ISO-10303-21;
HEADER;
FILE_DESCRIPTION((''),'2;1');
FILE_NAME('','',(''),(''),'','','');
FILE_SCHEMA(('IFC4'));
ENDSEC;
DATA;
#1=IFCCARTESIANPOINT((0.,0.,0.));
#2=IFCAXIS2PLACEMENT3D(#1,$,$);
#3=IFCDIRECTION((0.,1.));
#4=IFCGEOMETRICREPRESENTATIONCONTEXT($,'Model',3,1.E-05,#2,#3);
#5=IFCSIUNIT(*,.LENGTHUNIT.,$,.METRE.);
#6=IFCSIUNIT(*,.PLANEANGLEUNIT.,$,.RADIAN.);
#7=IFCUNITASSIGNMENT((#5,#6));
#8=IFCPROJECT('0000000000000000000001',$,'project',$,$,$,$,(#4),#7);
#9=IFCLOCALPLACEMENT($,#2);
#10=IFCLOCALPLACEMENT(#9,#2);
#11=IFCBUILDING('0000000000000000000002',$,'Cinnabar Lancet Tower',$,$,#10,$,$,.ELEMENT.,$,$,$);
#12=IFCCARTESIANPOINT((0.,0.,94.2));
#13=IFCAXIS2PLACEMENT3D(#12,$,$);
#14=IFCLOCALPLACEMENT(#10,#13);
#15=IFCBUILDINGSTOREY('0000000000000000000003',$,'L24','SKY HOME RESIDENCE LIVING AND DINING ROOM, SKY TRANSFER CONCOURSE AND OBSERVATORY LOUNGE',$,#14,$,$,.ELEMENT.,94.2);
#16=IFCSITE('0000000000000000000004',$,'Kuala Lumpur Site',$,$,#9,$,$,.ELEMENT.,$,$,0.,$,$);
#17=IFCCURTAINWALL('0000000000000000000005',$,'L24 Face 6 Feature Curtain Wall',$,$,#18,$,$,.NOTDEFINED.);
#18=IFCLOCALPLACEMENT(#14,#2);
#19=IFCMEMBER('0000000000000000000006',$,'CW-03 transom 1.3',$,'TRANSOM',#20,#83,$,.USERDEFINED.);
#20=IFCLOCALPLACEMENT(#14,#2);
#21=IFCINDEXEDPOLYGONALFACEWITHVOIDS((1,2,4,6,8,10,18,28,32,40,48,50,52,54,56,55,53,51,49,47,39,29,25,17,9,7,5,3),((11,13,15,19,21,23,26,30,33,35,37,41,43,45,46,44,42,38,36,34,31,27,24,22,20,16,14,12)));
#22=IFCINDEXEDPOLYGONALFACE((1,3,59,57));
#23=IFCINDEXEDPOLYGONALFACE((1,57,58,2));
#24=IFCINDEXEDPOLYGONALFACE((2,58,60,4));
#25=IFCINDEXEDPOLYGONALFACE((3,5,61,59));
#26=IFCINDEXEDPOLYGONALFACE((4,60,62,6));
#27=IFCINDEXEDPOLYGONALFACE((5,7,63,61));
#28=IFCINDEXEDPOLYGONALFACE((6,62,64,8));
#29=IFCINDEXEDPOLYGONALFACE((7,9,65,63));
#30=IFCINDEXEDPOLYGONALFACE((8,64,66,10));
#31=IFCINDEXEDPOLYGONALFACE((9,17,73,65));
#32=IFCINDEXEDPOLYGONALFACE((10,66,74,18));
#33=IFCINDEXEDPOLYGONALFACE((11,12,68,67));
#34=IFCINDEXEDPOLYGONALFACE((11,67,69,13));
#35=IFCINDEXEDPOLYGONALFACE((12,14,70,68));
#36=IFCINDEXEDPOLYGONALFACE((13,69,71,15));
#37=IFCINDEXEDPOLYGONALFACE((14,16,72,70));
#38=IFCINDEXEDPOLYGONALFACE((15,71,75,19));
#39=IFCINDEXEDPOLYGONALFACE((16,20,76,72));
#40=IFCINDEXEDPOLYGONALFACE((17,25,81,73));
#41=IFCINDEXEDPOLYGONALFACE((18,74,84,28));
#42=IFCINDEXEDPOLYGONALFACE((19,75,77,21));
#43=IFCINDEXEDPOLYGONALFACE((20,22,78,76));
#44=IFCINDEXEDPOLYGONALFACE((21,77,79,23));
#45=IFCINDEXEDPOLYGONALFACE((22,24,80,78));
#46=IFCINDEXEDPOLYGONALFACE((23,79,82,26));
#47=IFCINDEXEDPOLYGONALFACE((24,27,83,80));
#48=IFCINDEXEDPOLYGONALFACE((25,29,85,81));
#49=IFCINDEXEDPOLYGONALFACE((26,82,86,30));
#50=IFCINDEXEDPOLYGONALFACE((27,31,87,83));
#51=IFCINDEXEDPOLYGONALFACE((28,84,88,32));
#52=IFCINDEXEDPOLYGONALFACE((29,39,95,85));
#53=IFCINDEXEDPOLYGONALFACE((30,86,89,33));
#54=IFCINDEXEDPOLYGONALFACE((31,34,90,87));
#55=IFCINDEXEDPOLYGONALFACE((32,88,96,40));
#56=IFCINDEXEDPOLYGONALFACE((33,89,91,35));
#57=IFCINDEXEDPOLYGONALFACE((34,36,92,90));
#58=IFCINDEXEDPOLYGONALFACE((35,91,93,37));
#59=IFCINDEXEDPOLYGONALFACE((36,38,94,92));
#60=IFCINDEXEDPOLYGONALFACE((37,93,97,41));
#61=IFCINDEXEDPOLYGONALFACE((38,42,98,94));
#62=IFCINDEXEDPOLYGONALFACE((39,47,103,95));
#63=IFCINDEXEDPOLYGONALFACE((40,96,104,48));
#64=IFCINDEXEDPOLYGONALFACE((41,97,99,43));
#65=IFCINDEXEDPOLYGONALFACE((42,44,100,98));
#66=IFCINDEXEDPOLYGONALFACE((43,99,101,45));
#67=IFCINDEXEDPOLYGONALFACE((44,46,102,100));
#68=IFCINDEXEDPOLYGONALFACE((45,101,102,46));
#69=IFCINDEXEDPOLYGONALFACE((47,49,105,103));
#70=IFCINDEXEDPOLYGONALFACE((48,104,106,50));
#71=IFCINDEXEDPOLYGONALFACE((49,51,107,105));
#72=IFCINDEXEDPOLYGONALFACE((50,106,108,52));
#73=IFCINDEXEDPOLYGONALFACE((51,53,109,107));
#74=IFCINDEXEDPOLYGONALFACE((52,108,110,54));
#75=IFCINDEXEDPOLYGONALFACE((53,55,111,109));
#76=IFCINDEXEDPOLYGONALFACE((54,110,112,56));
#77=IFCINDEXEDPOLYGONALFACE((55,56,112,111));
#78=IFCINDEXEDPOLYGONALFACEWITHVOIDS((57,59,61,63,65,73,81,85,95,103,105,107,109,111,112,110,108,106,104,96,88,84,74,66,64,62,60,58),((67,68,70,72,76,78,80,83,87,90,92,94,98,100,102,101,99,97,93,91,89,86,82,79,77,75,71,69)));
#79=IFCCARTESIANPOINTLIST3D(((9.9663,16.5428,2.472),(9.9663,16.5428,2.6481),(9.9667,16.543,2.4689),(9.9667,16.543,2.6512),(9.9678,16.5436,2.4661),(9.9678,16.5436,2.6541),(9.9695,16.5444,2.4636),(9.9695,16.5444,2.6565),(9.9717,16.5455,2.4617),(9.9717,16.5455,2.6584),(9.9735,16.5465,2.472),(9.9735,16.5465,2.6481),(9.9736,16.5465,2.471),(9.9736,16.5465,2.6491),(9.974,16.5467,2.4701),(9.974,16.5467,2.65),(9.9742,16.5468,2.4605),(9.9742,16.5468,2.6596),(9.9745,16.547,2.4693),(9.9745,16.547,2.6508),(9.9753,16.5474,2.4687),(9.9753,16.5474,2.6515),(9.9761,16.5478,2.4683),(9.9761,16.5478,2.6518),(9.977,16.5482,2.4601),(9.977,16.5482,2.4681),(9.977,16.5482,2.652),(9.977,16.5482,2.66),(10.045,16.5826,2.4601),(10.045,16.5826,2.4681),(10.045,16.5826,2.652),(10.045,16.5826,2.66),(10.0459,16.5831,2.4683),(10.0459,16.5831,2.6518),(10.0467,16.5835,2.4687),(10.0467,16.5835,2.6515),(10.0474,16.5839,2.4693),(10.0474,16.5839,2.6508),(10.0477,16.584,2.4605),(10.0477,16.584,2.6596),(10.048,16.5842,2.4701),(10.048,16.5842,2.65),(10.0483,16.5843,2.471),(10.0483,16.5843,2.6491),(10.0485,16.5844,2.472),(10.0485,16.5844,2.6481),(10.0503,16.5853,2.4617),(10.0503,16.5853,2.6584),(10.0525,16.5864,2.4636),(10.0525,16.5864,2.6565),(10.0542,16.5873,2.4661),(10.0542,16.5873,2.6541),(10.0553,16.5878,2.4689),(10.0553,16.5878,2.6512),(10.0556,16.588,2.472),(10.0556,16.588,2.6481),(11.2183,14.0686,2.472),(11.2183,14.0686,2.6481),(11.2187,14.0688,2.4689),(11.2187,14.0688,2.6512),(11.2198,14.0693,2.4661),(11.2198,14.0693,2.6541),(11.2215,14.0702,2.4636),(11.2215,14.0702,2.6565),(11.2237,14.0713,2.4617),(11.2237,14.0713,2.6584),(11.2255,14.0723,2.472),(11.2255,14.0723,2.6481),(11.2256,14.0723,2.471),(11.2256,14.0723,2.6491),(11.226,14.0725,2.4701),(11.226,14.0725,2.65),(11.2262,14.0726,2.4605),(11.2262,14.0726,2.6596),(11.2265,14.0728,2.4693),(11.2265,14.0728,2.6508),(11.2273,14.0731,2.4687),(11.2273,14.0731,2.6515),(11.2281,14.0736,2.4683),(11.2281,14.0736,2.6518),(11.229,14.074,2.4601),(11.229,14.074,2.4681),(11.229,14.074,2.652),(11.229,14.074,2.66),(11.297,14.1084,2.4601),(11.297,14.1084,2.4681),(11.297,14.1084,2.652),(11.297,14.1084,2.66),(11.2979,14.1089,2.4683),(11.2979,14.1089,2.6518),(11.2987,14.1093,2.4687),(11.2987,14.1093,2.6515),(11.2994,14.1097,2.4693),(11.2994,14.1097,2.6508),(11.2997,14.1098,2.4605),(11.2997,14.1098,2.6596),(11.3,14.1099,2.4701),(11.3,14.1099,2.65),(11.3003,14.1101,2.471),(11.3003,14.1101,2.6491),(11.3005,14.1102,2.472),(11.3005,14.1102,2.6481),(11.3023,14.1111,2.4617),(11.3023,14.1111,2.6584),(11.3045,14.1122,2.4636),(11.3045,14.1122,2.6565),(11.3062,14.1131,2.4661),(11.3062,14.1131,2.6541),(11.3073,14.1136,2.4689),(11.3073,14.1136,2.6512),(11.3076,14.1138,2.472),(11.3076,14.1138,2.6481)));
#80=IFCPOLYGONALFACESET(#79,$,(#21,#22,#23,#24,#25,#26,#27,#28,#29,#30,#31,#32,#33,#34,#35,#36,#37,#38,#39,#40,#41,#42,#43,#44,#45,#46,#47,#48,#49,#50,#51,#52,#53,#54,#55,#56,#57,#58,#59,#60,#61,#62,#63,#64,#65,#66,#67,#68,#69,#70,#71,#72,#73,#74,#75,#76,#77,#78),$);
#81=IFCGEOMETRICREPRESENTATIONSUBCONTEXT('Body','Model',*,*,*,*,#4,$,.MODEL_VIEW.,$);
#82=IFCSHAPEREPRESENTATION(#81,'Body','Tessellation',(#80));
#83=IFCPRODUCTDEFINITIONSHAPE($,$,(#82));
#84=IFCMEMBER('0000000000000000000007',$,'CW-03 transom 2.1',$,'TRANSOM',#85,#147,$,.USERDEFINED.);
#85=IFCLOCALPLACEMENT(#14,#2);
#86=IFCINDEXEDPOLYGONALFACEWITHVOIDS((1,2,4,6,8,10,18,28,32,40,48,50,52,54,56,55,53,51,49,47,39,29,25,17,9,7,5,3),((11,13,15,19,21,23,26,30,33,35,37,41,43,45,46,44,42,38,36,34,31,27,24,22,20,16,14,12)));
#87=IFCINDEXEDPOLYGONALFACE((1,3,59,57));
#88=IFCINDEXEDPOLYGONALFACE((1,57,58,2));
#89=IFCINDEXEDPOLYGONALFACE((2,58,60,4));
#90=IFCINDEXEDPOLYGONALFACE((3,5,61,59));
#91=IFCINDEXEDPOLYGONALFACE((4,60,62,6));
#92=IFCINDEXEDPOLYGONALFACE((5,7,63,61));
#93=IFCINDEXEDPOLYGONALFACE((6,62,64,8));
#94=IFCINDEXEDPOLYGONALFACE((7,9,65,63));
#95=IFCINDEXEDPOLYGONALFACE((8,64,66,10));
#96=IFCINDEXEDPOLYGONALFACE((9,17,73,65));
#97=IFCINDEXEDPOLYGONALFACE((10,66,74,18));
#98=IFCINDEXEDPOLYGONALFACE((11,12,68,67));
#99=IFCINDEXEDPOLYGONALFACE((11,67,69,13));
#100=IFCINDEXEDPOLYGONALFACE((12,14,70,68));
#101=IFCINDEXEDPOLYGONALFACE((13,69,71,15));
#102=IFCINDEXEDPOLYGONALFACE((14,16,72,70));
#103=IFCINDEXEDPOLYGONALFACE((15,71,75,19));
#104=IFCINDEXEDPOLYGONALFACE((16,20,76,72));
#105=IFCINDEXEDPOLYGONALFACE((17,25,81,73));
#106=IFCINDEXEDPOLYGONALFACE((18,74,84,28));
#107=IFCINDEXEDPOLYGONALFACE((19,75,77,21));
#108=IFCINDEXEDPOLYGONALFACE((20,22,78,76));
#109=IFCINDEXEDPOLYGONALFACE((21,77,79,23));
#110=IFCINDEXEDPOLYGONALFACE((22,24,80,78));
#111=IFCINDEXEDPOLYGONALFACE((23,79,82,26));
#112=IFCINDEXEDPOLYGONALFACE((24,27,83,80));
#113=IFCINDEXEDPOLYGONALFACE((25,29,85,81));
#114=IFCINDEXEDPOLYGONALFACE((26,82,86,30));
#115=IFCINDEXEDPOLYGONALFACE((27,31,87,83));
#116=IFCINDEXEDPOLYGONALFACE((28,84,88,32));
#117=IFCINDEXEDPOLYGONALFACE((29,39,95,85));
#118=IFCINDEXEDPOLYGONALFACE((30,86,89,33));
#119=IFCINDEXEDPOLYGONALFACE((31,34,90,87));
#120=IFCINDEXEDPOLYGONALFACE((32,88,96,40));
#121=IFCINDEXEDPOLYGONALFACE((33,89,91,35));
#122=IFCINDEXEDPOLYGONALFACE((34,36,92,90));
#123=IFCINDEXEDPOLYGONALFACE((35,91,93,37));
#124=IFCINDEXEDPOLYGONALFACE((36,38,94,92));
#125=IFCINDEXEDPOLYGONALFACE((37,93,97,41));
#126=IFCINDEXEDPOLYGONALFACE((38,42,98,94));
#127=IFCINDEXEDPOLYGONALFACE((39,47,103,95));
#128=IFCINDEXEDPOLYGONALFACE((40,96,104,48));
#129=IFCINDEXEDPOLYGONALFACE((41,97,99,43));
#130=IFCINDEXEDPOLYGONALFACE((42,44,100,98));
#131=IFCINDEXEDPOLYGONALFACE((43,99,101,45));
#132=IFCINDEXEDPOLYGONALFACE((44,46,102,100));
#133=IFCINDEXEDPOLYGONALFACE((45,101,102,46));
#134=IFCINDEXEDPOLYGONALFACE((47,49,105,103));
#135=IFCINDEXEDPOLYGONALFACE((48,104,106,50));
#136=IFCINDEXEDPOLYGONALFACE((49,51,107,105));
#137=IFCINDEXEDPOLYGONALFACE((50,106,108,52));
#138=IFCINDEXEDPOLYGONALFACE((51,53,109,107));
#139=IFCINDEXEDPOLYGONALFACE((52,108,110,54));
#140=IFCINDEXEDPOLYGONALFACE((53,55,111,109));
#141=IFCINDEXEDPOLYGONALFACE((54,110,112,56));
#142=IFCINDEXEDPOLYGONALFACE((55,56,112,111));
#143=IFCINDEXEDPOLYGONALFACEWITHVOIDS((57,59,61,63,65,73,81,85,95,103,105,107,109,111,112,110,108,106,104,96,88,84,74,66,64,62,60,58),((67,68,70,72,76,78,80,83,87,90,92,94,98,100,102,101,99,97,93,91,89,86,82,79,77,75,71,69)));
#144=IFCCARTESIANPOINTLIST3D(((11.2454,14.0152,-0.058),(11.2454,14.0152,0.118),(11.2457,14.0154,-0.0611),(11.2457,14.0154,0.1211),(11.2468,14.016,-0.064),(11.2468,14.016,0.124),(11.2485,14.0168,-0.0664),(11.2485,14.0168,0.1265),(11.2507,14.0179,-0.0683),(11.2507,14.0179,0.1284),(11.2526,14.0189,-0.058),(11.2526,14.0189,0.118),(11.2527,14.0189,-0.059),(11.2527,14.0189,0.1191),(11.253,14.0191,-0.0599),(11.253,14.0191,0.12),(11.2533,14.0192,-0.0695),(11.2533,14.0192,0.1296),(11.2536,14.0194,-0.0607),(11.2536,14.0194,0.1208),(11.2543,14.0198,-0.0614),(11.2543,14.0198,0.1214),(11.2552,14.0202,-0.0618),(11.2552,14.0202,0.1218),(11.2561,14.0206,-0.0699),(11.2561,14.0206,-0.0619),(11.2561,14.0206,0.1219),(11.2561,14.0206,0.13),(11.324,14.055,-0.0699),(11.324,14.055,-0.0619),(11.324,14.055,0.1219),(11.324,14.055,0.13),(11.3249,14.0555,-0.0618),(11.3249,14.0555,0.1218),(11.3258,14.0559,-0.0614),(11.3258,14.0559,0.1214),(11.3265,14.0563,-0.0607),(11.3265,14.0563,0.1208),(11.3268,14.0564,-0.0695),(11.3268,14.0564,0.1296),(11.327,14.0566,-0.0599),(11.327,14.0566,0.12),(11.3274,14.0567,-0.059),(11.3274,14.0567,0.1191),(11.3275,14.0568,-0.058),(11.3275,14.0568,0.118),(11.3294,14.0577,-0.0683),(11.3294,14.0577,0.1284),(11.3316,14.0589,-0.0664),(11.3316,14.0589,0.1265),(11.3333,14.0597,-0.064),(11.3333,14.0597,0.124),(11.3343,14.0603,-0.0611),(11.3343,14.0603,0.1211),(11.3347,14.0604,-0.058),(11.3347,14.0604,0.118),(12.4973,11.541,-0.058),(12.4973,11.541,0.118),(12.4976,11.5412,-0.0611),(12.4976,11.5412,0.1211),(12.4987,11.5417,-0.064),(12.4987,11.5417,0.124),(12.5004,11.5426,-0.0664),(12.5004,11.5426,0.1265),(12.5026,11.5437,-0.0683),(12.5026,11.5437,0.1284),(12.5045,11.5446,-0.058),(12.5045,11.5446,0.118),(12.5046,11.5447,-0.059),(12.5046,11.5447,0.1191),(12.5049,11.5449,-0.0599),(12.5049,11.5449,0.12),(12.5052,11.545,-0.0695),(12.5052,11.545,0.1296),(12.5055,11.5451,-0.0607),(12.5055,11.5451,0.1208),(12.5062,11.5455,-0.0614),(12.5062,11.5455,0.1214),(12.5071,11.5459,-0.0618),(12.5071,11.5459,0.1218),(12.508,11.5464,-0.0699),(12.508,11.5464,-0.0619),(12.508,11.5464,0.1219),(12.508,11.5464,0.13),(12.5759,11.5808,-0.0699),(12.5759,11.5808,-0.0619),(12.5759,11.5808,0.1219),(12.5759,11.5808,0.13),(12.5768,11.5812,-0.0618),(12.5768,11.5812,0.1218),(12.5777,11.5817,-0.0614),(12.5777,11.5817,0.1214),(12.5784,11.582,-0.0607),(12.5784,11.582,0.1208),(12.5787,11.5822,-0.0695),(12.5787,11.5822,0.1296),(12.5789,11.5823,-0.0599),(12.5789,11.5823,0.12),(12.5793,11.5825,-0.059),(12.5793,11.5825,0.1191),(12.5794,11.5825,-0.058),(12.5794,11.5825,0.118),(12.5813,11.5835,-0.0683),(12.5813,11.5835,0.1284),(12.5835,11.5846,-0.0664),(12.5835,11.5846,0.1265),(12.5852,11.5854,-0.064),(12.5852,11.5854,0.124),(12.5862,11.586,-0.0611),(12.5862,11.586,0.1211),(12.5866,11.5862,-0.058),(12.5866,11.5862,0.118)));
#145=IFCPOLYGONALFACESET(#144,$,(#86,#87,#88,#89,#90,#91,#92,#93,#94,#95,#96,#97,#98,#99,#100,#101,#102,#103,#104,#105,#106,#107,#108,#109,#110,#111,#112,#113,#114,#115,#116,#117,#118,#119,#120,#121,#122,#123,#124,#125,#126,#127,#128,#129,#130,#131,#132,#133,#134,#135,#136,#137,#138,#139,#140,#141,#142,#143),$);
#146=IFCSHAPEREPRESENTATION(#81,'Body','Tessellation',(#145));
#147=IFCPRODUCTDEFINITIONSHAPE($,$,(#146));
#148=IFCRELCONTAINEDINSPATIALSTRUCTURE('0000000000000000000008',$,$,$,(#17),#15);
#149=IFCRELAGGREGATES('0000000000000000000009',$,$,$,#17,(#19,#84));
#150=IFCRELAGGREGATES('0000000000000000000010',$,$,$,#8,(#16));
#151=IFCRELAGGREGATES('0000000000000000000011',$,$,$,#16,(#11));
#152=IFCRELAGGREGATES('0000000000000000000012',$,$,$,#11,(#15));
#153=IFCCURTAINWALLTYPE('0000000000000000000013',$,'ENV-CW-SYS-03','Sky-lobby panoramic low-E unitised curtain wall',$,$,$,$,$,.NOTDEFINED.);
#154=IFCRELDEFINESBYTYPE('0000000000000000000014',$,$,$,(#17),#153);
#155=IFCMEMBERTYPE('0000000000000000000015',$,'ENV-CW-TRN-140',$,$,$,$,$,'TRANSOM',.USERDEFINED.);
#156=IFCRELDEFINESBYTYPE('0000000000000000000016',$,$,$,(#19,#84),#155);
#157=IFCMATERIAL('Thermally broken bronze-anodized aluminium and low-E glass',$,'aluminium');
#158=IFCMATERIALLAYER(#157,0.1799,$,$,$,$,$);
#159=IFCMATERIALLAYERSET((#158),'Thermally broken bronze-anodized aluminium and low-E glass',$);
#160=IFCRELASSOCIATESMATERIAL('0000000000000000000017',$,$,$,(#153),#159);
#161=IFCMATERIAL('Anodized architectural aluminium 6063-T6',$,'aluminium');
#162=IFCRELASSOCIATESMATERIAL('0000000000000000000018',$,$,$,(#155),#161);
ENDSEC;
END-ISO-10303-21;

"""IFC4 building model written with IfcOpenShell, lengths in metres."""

from ifc_helpers import new_model, si_unit, direction, frame, origin, origin_2d, place, context, subcontext, project, spatial, hollow_rectangle, extrude, material, layer, layer_set, material_profile, profile_set, type_object, element, aggregate, save


model = new_model("IFC4")

# Units and contexts
model_context = context("Model", 3, precision=1e-05, world=origin(), true_north=direction((0.0, 1.0)))
body_context = subcontext(model_context, "Body", "Model", "MODEL_VIEW")
ifc_project = project(units=[si_unit("LENGTHUNIT", "METRE"), si_unit("PLANEANGLEUNIT", "RADIAN")], contexts=[model_context])

# Site, building, storey
site_placement = place(None, origin())
site = spatial("IfcSite", under=ifc_project, at=site_placement, Name="Kuala Lumpur Site", CompositionType="ELEMENT", RefElevation=0.0)
building_placement = place(site_placement, origin())
building = spatial("IfcBuilding", under=site, at=building_placement, Name="Cinnabar Lancet Tower", CompositionType="ELEMENT")
storey_placement = place(building_placement, frame((0.0, 0.0, 94.2)))
storey = spatial("IfcBuildingStorey", under=building, at=storey_placement, Name="L24", Description="SKY HOME RESIDENCE LIVING AND DINING ROOM, SKY TRANSFER CONCOURSE AND OBSERVATORY LOUNGE", CompositionType="ELEMENT", Elevation=94.2)

# Curtain wall, members
ifc_material_1 = material(Name="Thermally broken bronze-anodized aluminium and low-E glass", Category="aluminium")
ifc_layer_1 = layer(ifc_material_1, 0.1799)
ifc_layer_set_1 = layer_set([ifc_layer_1], Name="Thermally broken bronze-anodized aluminium and low-E glass")
curtain_wall_type = type_object("IfcCurtainWallType", Name="ENV-CW-SYS-03", Description="Sky-lobby panoramic low-E unitised curtain wall", PredefinedType="NOTDEFINED", material=ifc_layer_set_1)
curtain_wall_placement = place(storey_placement, origin())
curtain_wall = element("IfcCurtainWall", 1, at=curtain_wall_placement, inside=storey, type_object=curtain_wall_type, Name="L24 Face 6 Feature Curtain Wall", PredefinedType="NOTDEFINED")
ifc_material_2 = material(Name="Anodized architectural aluminium 6063-T6", Category="aluminium")
ifc_material_profile_1 = material_profile(ifc_material_2, hollow_rectangle(XDim=0.1001, YDim=0.2, WallThickness=0.0081, InnerFilletRadius=0.0039, OuterFilletRadius=0.012, at=origin_2d()), Name="RHS 200x100x8")
ifc_profile_set_1 = profile_set([ifc_material_profile_1], Name="Anodized architectural aluminium 6063-T6")
member_type_1 = type_object("IfcMemberType", Name="ENV-CW-TRN-140", ElementType="TRANSOM", PredefinedType="USERDEFINED", material=ifc_profile_set_1)
member_1_placement = place(storey_placement, frame((10.011, 16.5654, 2.5601), z_axis=(0.451505, -0.892269, 0.0), x_axis=(0.892269, 0.451505, 0.0)))
member_1 = element("IfcMember", 2, at=member_1_placement, type_object=member_type_1, Name="CW-03 transom 1.3", ObjectType="TRANSOM", PredefinedType="USERDEFINED", context=body_context, shape_type="SweptSolid", body=[
    extrude(hollow_rectangle(XDim=0.1001, YDim=0.2, WallThickness=0.0081, InnerFilletRadius=0.0039, OuterFilletRadius=0.012, at=origin_2d()), origin(), (0.0, 0.0, 1.0), 2.7729),
])
member_2_placement = place(storey_placement, frame((11.29, 14.0378, 0.03), z_axis=(0.45147, -0.892286, 0.0), x_axis=(0.892286, 0.45147, 0.0)))
member_2 = element("IfcMember", 3, at=member_2_placement, type_object=member_type_1, Name="CW-03 transom 2.1", ObjectType="TRANSOM", PredefinedType="USERDEFINED", context=body_context, shape_type="SweptSolid", body=[
    extrude(hollow_rectangle(XDim=0.1001, YDim=0.2, WallThickness=0.0081, InnerFilletRadius=0.0039, OuterFilletRadius=0.012, at=origin_2d()), origin(), (0.0, 0.0, 1.0), 2.7729),
])

aggregate(curtain_wall, [member_1, member_2])

save(model, "model.ifc")
